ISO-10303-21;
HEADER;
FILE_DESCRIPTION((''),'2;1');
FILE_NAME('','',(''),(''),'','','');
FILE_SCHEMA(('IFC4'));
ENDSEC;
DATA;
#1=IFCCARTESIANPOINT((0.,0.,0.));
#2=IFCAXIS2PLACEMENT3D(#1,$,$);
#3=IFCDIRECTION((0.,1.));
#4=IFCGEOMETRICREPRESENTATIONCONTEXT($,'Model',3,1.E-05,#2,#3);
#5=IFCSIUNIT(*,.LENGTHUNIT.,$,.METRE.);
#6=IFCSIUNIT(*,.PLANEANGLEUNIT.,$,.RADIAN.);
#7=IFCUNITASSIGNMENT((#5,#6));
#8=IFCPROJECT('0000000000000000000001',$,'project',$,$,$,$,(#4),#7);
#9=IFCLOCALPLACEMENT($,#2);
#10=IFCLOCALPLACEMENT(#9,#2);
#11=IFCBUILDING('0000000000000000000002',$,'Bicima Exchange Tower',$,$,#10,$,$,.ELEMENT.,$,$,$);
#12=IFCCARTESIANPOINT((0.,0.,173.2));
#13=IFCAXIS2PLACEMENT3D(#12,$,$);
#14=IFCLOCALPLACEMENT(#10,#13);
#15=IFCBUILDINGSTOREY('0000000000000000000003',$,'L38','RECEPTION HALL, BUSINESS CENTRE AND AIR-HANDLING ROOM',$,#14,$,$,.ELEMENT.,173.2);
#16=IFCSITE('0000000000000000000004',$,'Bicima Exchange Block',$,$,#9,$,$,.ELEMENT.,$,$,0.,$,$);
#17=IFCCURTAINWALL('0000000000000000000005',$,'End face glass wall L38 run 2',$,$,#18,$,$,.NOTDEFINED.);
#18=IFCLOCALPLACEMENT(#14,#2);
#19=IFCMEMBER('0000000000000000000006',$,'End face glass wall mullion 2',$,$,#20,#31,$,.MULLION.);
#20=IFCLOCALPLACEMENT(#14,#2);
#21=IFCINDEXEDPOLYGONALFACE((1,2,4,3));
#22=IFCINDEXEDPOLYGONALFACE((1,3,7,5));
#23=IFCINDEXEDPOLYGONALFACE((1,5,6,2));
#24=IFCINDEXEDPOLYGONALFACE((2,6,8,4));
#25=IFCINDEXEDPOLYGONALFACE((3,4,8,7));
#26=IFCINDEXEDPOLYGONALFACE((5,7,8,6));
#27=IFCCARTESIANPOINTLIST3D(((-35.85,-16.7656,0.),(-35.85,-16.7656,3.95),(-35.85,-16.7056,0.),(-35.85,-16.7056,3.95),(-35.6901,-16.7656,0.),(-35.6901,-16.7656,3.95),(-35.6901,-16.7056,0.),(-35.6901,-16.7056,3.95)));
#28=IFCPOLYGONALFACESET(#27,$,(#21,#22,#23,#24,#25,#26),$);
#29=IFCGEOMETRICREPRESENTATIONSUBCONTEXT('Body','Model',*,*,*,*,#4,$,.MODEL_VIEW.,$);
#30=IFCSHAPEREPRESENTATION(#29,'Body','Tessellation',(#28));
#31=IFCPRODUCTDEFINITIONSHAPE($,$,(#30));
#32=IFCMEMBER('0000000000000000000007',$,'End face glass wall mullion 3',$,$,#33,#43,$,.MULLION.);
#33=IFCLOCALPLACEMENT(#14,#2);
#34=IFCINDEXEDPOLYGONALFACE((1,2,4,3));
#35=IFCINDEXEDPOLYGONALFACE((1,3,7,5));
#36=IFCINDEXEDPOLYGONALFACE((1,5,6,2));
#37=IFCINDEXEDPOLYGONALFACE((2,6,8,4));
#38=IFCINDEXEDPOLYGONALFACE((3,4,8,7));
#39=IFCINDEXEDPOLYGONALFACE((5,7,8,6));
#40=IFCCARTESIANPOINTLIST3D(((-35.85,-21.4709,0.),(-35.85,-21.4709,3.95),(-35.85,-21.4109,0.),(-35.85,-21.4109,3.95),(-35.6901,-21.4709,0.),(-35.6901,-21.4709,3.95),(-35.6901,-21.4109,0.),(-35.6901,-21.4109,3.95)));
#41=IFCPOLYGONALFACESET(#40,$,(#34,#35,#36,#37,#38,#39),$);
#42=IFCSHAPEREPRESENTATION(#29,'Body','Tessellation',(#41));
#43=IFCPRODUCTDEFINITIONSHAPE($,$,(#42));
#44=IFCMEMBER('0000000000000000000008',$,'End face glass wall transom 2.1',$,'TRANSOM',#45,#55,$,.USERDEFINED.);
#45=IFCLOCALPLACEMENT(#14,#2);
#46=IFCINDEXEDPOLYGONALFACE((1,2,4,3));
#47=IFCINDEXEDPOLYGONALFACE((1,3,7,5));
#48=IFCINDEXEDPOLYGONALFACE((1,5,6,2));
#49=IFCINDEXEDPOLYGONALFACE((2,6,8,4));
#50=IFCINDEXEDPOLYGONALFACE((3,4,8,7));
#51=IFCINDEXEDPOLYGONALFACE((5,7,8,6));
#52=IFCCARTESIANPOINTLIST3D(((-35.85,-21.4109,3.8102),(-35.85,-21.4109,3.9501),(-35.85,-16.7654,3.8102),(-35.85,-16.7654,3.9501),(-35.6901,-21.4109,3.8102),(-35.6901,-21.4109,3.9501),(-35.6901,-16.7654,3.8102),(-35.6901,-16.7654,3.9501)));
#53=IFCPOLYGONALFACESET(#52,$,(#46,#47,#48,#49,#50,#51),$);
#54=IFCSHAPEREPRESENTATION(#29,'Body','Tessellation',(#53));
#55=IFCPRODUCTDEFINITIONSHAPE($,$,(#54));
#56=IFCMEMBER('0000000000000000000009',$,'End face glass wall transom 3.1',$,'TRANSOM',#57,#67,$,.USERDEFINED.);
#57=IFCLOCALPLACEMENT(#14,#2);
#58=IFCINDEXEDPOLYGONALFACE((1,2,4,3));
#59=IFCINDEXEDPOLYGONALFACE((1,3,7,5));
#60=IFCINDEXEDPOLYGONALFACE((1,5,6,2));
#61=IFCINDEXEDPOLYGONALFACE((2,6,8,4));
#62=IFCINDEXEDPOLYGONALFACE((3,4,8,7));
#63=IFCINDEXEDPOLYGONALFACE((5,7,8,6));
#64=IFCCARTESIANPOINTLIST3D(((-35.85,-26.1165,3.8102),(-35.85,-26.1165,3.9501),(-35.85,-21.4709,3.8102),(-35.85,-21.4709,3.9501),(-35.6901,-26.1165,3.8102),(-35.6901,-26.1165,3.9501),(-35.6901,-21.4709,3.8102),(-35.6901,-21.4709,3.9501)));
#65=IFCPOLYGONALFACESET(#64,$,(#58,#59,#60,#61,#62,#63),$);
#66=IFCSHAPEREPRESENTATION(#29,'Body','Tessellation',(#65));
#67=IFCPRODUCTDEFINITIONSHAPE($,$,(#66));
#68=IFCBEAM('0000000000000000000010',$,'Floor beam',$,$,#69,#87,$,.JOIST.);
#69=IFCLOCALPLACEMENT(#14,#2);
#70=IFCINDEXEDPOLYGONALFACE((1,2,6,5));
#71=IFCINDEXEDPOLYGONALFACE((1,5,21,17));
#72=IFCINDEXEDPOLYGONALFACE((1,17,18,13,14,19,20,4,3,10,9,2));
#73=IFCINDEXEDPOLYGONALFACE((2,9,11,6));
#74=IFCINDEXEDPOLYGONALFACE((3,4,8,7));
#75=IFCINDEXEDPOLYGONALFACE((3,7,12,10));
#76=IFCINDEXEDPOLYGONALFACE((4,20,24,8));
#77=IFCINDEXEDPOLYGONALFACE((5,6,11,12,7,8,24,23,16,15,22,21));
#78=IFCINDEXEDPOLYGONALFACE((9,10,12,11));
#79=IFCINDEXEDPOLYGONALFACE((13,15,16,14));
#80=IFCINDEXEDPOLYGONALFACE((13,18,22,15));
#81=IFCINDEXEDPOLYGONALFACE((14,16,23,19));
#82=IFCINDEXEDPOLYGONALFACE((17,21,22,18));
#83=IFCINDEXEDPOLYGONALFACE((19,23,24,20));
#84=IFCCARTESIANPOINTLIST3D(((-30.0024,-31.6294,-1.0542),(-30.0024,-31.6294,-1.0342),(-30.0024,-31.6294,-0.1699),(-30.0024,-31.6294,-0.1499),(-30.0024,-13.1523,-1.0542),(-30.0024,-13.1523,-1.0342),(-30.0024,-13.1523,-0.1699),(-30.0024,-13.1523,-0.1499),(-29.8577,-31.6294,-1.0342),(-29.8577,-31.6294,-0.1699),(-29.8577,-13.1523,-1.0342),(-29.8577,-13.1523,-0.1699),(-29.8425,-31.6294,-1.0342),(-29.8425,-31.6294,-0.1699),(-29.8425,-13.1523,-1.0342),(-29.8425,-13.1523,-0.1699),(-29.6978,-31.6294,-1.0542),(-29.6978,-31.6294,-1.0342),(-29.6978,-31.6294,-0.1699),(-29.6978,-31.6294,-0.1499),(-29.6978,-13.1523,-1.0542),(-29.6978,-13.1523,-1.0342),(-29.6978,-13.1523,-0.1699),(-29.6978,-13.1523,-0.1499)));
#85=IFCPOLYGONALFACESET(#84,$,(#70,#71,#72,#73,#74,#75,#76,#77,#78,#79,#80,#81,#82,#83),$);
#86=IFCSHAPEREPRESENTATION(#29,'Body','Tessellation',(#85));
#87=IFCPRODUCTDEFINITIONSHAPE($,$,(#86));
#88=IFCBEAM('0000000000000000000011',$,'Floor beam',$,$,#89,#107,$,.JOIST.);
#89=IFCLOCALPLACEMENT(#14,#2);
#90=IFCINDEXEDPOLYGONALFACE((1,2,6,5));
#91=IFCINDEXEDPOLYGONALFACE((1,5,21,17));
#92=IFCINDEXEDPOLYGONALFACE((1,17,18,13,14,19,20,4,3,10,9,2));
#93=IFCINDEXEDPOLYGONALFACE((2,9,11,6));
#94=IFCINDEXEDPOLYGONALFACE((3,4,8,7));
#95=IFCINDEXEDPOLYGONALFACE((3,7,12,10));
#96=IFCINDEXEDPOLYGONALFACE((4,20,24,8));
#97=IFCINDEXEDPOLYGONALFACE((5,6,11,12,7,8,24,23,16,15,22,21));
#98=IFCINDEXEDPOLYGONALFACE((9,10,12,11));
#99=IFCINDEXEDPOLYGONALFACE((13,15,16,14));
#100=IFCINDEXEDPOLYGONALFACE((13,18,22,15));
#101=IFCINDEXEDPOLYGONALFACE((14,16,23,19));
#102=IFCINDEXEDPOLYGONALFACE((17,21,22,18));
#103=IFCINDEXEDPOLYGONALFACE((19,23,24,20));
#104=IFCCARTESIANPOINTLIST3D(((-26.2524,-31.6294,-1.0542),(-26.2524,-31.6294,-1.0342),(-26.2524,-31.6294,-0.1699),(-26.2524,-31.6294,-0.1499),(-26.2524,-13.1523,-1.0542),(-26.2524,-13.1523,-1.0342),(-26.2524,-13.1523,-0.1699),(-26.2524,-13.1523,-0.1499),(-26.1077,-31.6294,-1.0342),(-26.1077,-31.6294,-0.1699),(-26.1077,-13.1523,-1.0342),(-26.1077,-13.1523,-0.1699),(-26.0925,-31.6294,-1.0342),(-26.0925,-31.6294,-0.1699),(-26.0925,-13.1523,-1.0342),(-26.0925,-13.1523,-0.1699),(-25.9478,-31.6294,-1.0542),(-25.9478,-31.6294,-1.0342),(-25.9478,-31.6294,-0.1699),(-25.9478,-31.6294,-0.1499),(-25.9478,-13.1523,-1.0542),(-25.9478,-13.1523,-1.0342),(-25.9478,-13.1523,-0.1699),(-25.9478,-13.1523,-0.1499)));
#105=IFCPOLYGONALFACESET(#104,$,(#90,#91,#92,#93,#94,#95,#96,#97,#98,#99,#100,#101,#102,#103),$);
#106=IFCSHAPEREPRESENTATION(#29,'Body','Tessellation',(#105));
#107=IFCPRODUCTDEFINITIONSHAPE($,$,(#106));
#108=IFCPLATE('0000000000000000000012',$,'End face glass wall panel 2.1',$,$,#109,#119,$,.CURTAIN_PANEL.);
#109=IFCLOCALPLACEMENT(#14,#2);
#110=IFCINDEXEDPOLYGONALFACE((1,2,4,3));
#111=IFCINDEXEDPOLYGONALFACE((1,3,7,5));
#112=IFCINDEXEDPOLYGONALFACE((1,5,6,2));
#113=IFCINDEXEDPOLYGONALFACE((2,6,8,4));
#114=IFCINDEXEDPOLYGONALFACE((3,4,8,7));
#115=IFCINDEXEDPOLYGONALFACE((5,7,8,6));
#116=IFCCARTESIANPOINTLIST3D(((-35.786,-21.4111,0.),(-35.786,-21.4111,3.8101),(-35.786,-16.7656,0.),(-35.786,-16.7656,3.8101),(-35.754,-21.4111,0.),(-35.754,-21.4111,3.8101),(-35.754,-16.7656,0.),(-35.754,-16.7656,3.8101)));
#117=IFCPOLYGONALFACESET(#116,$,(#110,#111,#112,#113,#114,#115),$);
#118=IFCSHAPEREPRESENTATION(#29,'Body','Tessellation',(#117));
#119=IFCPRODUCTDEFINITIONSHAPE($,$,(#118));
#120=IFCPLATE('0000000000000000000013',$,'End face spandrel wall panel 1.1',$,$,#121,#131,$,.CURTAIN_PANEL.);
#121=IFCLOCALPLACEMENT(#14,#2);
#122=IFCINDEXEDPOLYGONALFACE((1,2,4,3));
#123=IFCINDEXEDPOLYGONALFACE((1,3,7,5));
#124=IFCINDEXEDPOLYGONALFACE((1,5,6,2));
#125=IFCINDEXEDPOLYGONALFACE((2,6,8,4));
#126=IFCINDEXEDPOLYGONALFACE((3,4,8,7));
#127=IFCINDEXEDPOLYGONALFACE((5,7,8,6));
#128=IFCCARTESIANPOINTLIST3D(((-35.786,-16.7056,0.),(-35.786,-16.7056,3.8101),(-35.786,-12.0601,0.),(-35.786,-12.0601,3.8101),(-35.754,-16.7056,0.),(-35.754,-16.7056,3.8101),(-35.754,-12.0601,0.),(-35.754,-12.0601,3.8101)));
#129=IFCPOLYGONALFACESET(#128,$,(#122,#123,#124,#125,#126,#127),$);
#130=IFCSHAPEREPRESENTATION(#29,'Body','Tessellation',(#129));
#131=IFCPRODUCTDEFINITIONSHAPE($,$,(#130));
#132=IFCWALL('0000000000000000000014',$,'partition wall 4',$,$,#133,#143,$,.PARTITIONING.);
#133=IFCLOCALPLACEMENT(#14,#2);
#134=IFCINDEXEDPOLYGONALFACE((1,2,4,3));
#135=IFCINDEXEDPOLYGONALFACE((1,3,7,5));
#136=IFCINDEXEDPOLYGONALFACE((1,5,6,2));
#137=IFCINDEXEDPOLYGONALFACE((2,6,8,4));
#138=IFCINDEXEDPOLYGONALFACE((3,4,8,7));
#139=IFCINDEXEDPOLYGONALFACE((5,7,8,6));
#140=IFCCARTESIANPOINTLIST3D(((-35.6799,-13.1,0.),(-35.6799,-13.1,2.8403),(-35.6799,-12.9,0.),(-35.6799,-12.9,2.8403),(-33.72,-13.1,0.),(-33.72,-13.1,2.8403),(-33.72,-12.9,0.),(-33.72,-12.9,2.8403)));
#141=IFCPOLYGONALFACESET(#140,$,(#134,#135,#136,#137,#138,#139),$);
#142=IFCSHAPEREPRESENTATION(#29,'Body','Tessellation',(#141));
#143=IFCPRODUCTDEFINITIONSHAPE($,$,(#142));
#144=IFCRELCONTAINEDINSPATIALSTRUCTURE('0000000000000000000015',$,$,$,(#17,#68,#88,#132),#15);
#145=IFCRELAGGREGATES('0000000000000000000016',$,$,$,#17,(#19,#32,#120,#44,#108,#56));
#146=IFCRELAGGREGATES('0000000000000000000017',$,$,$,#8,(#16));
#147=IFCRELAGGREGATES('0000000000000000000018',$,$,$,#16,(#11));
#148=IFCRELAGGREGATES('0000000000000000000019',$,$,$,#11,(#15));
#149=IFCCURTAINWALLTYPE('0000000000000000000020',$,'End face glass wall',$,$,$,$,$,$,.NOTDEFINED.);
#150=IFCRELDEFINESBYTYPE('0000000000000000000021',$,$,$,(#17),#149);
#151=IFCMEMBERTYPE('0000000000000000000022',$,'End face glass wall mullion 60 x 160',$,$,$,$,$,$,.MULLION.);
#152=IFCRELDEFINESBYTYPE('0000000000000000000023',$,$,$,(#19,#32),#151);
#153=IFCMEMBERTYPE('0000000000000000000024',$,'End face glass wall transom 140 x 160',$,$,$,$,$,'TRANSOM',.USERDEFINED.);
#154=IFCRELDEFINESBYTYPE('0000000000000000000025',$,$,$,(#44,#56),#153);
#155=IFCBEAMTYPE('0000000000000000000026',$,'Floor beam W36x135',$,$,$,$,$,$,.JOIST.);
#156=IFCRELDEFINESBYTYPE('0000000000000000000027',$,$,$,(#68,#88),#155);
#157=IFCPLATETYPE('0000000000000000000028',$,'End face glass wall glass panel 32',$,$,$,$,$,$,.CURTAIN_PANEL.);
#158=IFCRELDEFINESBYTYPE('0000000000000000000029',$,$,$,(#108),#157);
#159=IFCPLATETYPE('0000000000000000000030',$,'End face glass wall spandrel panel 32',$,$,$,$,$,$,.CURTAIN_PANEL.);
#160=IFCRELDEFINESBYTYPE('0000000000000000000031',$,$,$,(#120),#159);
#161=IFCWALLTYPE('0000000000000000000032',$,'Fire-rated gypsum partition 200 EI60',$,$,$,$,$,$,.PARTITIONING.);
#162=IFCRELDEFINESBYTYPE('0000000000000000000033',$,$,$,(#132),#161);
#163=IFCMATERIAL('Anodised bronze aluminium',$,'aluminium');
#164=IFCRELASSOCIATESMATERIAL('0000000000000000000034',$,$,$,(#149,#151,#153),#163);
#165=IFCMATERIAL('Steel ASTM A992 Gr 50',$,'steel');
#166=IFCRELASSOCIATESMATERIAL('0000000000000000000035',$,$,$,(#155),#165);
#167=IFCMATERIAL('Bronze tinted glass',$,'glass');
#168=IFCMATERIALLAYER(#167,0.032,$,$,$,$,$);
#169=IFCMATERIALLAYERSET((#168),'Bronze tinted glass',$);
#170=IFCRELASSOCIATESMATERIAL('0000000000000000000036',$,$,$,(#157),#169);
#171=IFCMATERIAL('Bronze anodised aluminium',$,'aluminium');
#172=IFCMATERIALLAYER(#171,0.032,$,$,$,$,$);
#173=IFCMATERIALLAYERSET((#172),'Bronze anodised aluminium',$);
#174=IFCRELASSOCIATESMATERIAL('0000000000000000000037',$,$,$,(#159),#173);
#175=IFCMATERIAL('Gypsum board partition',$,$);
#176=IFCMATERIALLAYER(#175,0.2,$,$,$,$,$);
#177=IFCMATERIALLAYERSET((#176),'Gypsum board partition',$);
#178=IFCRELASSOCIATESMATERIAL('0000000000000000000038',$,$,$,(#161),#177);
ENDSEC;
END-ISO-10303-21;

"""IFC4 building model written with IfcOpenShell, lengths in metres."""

from ifc_helpers import new_model, si_unit, direction, frame, frame_2d, origin, origin_2d, place, context, subcontext, project, spatial, rectangle, i_section, extrude, material, layer, layer_set, material_profile, profile_set, type_object, element, aggregate, save


model = new_model("IFC4")

# Units and contexts
model_context = context("Model", 3, precision=1e-05, world=origin(), true_north=direction((0.0, 1.0)))
body_context = subcontext(model_context, "Body", "Model", "MODEL_VIEW")
ifc_project = project(units=[si_unit("LENGTHUNIT", "METRE"), si_unit("PLANEANGLEUNIT", "RADIAN")], contexts=[model_context])

# Site, building, storey
site_placement = place(None, origin())
site = spatial("IfcSite", under=ifc_project, at=site_placement, Name="Bicima Exchange Block", CompositionType="ELEMENT", RefElevation=0.0)
building_placement = place(site_placement, origin())
building = spatial("IfcBuilding", under=site, at=building_placement, Name="Bicima Exchange Tower", CompositionType="ELEMENT")
storey_placement = place(building_placement, frame((0.0, 0.0, 173.2)))
storey = spatial("IfcBuildingStorey", under=building, at=storey_placement, Name="L38", Description="RECEPTION HALL, BUSINESS CENTRE AND AIR-HANDLING ROOM", CompositionType="ELEMENT", Elevation=173.2)

# Curtain wall, members
ifc_material_1 = material(Name="Anodised bronze aluminium", Category="aluminium")
curtain_wall_type = type_object("IfcCurtainWallType", Name="End face glass wall", PredefinedType="NOTDEFINED", material=ifc_material_1)
curtain_wall_placement = place(storey_placement, origin())
curtain_wall = element("IfcCurtainWall", 1, at=curtain_wall_placement, inside=storey, type_object=curtain_wall_type, Name="End face glass wall L38 run 2", PredefinedType="NOTDEFINED")
ifc_material_profile_1 = material_profile(ifc_material_1, rectangle(XDim=0.1599, YDim=0.0601, at=origin_2d()))
ifc_profile_set_1 = profile_set([ifc_material_profile_1], Name="Anodised bronze aluminium")
member_type_1 = type_object("IfcMemberType", Name="End face glass wall mullion 60 x 160", PredefinedType="MULLION", material=ifc_profile_set_1)
member_1_placement = place(storey_placement, frame((-35.77, -16.7356, 0.0), z_axis=(0.0, 0.0, 1.0), x_axis=(1.0, 0.0, 0.0)))
member_1 = element("IfcMember", 2, at=member_1_placement, type_object=member_type_1, Name="End face glass wall mullion 2", PredefinedType="MULLION", context=body_context, shape_type="SweptSolid", body=[
    extrude(rectangle(XDim=0.1599, YDim=0.0601, at=origin_2d()), origin(), (0.0, 0.0, 1.0), 3.95),
])
member_2_placement = place(storey_placement, frame((-35.77, -21.4409, 0.0), z_axis=(0.0, 0.0, 1.0), x_axis=(1.0, 0.0, 0.0)))
member_2 = element("IfcMember", 3, at=member_2_placement, type_object=member_type_1, Name="End face glass wall mullion 3", PredefinedType="MULLION", context=body_context, shape_type="SweptSolid", body=[
    extrude(rectangle(XDim=0.1599, YDim=0.0601, at=origin_2d()), origin(), (0.0, 0.0, 1.0), 3.95),
])
ifc_material_profile_2 = material_profile(ifc_material_1, rectangle(XDim=0.1599, YDim=0.1399, at=origin_2d()))
ifc_profile_set_2 = profile_set([ifc_material_profile_2], Name="Anodised bronze aluminium")
member_type_2 = type_object("IfcMemberType", Name="End face glass wall transom 140 x 160", ElementType="TRANSOM", PredefinedType="USERDEFINED", material=ifc_profile_set_2)
member_3_placement = place(storey_placement, frame((-35.77, -16.7654, 3.8801), z_axis=(0.0, -1.0, 0.0), x_axis=(1.0, 0.0, 0.0)))
member_3 = element("IfcMember", 4, at=member_3_placement, type_object=member_type_2, Name="End face glass wall transom 2.1", ObjectType="TRANSOM", PredefinedType="USERDEFINED", context=body_context, shape_type="SweptSolid", body=[
    extrude(rectangle(XDim=0.1599, YDim=0.1399, at=origin_2d()), origin(), (0.0, 0.0, 1.0), 4.6455),
])
member_4_placement = place(storey_placement, frame((-35.77, -21.4709, 3.8801), z_axis=(0.0, -1.0, 0.0), x_axis=(1.0, 0.0, 0.0)))
member_4 = element("IfcMember", 5, at=member_4_placement, type_object=member_type_2, Name="End face glass wall transom 3.1", ObjectType="TRANSOM", PredefinedType="USERDEFINED", context=body_context, shape_type="SweptSolid", body=[
    extrude(rectangle(XDim=0.1599, YDim=0.1399, at=origin_2d()), origin(), (0.0, 0.0, 1.0), 4.6455),
])

# Beams
ifc_material_2 = material(Name="Steel ASTM A992 Gr 50", Category="steel")
ifc_material_profile_3 = material_profile(ifc_material_2, i_section(OverallWidth=0.3047, OverallDepth=0.9043, WebThickness=0.0151, FlangeThickness=0.02, at=origin_2d()))
ifc_profile_set_3 = profile_set([ifc_material_profile_3], Name="Steel ASTM A992 Gr 50")
beam_type = type_object("IfcBeamType", Name="Floor beam W36x135", PredefinedType="JOIST", material=ifc_profile_set_3)
for number, where, z_axis, x_axis, name in (
    (6, (-29.8501, -13.1523, -0.6021), (0.0, -1.0, 0.0), (1.0, 0.0, 0.0), "Floor beam"),
    (7, (-26.1001, -13.1523, -0.6021), (0.0, -1.0, 0.0), (1.0, 0.0, 0.0), "Floor beam"),
):
    element("IfcBeam", number, at=place(storey_placement, frame(where, z_axis=z_axis, x_axis=x_axis)), inside=storey, type_object=beam_type, Name=name, PredefinedType="JOIST", context=body_context, shape_type="SweptSolid", body=[
        extrude(i_section(OverallWidth=0.3047, OverallDepth=0.9043, WebThickness=0.0151, FlangeThickness=0.02, at=origin_2d()), origin(), (0.0, 0.0, 1.0), 18.4771),
    ])

# Plates
ifc_material_3 = material(Name="Bronze tinted glass", Category="glass")
ifc_layer_1 = layer(ifc_material_3, 0.032)
ifc_layer_set_1 = layer_set([ifc_layer_1], Name="Bronze tinted glass")
plate_type_1 = type_object("IfcPlateType", Name="End face glass wall glass panel 32", PredefinedType="CURTAIN_PANEL", material=ifc_layer_set_1)
plate_1_placement = place(storey_placement, frame((-35.77, -19.0884, 0.0), z_axis=(0.0, 0.0, 1.0), x_axis=(0.0, -1.0, 0.0)))
plate_1 = element("IfcPlate", 8, at=plate_1_placement, type_object=plate_type_1, Name="End face glass wall panel 2.1", PredefinedType="CURTAIN_PANEL", context=body_context, shape_type="SweptSolid", body=[
    extrude(rectangle(XDim=4.6455, YDim=0.032, at=origin_2d()), origin(), (0.0, 0.0, 1.0), 3.8101),
])
ifc_material_4 = material(Name="Bronze anodised aluminium", Category="aluminium")
ifc_layer_2 = layer(ifc_material_4, 0.032)
ifc_layer_set_2 = layer_set([ifc_layer_2], Name="Bronze anodised aluminium")
plate_type_2 = type_object("IfcPlateType", Name="End face glass wall spandrel panel 32", PredefinedType="CURTAIN_PANEL", material=ifc_layer_set_2)
plate_2_placement = place(storey_placement, frame((-35.77, -14.3828, 0.0), z_axis=(0.0, 0.0, 1.0), x_axis=(0.0, -1.0, 0.0)))
plate_2 = element("IfcPlate", 9, at=plate_2_placement, type_object=plate_type_2, Name="End face spandrel wall panel 1.1", PredefinedType="CURTAIN_PANEL", context=body_context, shape_type="SweptSolid", body=[
    extrude(rectangle(XDim=4.6455, YDim=0.032, at=origin_2d()), origin(), (0.0, 0.0, 1.0), 3.8101),
])
aggregate(curtain_wall, [member_1, member_2, plate_2, member_3, plate_1, member_4])

# Shared definitions
ifc_material_5 = material(Name="Gypsum board partition")
ifc_layer_3 = layer(ifc_material_5, 0.2)
ifc_layer_set_3 = layer_set([ifc_layer_3], Name="Gypsum board partition")
wall_type = type_object("IfcWallType", Name="Fire-rated gypsum partition 200 EI60", PredefinedType="PARTITIONING", material=ifc_layer_set_3)

# Wall
wall_1_placement = place(storey_placement, frame((-35.6799, -13.0, 0.0), z_axis=(0.0, 0.0, 1.0), x_axis=(1.0, 0.0, 0.0)))
element("IfcWall", 10, at=wall_1_placement, inside=storey, type_object=wall_type, Name="partition wall 4", PredefinedType="PARTITIONING", context=body_context, shape_type="SweptSolid", body=[
    extrude(rectangle(XDim=1.96, YDim=0.2, at=frame_2d((0.98, 0.0))), origin(), (0.0, 0.0, 1.0), 2.8403),
])

save(model, "model.ifc")
